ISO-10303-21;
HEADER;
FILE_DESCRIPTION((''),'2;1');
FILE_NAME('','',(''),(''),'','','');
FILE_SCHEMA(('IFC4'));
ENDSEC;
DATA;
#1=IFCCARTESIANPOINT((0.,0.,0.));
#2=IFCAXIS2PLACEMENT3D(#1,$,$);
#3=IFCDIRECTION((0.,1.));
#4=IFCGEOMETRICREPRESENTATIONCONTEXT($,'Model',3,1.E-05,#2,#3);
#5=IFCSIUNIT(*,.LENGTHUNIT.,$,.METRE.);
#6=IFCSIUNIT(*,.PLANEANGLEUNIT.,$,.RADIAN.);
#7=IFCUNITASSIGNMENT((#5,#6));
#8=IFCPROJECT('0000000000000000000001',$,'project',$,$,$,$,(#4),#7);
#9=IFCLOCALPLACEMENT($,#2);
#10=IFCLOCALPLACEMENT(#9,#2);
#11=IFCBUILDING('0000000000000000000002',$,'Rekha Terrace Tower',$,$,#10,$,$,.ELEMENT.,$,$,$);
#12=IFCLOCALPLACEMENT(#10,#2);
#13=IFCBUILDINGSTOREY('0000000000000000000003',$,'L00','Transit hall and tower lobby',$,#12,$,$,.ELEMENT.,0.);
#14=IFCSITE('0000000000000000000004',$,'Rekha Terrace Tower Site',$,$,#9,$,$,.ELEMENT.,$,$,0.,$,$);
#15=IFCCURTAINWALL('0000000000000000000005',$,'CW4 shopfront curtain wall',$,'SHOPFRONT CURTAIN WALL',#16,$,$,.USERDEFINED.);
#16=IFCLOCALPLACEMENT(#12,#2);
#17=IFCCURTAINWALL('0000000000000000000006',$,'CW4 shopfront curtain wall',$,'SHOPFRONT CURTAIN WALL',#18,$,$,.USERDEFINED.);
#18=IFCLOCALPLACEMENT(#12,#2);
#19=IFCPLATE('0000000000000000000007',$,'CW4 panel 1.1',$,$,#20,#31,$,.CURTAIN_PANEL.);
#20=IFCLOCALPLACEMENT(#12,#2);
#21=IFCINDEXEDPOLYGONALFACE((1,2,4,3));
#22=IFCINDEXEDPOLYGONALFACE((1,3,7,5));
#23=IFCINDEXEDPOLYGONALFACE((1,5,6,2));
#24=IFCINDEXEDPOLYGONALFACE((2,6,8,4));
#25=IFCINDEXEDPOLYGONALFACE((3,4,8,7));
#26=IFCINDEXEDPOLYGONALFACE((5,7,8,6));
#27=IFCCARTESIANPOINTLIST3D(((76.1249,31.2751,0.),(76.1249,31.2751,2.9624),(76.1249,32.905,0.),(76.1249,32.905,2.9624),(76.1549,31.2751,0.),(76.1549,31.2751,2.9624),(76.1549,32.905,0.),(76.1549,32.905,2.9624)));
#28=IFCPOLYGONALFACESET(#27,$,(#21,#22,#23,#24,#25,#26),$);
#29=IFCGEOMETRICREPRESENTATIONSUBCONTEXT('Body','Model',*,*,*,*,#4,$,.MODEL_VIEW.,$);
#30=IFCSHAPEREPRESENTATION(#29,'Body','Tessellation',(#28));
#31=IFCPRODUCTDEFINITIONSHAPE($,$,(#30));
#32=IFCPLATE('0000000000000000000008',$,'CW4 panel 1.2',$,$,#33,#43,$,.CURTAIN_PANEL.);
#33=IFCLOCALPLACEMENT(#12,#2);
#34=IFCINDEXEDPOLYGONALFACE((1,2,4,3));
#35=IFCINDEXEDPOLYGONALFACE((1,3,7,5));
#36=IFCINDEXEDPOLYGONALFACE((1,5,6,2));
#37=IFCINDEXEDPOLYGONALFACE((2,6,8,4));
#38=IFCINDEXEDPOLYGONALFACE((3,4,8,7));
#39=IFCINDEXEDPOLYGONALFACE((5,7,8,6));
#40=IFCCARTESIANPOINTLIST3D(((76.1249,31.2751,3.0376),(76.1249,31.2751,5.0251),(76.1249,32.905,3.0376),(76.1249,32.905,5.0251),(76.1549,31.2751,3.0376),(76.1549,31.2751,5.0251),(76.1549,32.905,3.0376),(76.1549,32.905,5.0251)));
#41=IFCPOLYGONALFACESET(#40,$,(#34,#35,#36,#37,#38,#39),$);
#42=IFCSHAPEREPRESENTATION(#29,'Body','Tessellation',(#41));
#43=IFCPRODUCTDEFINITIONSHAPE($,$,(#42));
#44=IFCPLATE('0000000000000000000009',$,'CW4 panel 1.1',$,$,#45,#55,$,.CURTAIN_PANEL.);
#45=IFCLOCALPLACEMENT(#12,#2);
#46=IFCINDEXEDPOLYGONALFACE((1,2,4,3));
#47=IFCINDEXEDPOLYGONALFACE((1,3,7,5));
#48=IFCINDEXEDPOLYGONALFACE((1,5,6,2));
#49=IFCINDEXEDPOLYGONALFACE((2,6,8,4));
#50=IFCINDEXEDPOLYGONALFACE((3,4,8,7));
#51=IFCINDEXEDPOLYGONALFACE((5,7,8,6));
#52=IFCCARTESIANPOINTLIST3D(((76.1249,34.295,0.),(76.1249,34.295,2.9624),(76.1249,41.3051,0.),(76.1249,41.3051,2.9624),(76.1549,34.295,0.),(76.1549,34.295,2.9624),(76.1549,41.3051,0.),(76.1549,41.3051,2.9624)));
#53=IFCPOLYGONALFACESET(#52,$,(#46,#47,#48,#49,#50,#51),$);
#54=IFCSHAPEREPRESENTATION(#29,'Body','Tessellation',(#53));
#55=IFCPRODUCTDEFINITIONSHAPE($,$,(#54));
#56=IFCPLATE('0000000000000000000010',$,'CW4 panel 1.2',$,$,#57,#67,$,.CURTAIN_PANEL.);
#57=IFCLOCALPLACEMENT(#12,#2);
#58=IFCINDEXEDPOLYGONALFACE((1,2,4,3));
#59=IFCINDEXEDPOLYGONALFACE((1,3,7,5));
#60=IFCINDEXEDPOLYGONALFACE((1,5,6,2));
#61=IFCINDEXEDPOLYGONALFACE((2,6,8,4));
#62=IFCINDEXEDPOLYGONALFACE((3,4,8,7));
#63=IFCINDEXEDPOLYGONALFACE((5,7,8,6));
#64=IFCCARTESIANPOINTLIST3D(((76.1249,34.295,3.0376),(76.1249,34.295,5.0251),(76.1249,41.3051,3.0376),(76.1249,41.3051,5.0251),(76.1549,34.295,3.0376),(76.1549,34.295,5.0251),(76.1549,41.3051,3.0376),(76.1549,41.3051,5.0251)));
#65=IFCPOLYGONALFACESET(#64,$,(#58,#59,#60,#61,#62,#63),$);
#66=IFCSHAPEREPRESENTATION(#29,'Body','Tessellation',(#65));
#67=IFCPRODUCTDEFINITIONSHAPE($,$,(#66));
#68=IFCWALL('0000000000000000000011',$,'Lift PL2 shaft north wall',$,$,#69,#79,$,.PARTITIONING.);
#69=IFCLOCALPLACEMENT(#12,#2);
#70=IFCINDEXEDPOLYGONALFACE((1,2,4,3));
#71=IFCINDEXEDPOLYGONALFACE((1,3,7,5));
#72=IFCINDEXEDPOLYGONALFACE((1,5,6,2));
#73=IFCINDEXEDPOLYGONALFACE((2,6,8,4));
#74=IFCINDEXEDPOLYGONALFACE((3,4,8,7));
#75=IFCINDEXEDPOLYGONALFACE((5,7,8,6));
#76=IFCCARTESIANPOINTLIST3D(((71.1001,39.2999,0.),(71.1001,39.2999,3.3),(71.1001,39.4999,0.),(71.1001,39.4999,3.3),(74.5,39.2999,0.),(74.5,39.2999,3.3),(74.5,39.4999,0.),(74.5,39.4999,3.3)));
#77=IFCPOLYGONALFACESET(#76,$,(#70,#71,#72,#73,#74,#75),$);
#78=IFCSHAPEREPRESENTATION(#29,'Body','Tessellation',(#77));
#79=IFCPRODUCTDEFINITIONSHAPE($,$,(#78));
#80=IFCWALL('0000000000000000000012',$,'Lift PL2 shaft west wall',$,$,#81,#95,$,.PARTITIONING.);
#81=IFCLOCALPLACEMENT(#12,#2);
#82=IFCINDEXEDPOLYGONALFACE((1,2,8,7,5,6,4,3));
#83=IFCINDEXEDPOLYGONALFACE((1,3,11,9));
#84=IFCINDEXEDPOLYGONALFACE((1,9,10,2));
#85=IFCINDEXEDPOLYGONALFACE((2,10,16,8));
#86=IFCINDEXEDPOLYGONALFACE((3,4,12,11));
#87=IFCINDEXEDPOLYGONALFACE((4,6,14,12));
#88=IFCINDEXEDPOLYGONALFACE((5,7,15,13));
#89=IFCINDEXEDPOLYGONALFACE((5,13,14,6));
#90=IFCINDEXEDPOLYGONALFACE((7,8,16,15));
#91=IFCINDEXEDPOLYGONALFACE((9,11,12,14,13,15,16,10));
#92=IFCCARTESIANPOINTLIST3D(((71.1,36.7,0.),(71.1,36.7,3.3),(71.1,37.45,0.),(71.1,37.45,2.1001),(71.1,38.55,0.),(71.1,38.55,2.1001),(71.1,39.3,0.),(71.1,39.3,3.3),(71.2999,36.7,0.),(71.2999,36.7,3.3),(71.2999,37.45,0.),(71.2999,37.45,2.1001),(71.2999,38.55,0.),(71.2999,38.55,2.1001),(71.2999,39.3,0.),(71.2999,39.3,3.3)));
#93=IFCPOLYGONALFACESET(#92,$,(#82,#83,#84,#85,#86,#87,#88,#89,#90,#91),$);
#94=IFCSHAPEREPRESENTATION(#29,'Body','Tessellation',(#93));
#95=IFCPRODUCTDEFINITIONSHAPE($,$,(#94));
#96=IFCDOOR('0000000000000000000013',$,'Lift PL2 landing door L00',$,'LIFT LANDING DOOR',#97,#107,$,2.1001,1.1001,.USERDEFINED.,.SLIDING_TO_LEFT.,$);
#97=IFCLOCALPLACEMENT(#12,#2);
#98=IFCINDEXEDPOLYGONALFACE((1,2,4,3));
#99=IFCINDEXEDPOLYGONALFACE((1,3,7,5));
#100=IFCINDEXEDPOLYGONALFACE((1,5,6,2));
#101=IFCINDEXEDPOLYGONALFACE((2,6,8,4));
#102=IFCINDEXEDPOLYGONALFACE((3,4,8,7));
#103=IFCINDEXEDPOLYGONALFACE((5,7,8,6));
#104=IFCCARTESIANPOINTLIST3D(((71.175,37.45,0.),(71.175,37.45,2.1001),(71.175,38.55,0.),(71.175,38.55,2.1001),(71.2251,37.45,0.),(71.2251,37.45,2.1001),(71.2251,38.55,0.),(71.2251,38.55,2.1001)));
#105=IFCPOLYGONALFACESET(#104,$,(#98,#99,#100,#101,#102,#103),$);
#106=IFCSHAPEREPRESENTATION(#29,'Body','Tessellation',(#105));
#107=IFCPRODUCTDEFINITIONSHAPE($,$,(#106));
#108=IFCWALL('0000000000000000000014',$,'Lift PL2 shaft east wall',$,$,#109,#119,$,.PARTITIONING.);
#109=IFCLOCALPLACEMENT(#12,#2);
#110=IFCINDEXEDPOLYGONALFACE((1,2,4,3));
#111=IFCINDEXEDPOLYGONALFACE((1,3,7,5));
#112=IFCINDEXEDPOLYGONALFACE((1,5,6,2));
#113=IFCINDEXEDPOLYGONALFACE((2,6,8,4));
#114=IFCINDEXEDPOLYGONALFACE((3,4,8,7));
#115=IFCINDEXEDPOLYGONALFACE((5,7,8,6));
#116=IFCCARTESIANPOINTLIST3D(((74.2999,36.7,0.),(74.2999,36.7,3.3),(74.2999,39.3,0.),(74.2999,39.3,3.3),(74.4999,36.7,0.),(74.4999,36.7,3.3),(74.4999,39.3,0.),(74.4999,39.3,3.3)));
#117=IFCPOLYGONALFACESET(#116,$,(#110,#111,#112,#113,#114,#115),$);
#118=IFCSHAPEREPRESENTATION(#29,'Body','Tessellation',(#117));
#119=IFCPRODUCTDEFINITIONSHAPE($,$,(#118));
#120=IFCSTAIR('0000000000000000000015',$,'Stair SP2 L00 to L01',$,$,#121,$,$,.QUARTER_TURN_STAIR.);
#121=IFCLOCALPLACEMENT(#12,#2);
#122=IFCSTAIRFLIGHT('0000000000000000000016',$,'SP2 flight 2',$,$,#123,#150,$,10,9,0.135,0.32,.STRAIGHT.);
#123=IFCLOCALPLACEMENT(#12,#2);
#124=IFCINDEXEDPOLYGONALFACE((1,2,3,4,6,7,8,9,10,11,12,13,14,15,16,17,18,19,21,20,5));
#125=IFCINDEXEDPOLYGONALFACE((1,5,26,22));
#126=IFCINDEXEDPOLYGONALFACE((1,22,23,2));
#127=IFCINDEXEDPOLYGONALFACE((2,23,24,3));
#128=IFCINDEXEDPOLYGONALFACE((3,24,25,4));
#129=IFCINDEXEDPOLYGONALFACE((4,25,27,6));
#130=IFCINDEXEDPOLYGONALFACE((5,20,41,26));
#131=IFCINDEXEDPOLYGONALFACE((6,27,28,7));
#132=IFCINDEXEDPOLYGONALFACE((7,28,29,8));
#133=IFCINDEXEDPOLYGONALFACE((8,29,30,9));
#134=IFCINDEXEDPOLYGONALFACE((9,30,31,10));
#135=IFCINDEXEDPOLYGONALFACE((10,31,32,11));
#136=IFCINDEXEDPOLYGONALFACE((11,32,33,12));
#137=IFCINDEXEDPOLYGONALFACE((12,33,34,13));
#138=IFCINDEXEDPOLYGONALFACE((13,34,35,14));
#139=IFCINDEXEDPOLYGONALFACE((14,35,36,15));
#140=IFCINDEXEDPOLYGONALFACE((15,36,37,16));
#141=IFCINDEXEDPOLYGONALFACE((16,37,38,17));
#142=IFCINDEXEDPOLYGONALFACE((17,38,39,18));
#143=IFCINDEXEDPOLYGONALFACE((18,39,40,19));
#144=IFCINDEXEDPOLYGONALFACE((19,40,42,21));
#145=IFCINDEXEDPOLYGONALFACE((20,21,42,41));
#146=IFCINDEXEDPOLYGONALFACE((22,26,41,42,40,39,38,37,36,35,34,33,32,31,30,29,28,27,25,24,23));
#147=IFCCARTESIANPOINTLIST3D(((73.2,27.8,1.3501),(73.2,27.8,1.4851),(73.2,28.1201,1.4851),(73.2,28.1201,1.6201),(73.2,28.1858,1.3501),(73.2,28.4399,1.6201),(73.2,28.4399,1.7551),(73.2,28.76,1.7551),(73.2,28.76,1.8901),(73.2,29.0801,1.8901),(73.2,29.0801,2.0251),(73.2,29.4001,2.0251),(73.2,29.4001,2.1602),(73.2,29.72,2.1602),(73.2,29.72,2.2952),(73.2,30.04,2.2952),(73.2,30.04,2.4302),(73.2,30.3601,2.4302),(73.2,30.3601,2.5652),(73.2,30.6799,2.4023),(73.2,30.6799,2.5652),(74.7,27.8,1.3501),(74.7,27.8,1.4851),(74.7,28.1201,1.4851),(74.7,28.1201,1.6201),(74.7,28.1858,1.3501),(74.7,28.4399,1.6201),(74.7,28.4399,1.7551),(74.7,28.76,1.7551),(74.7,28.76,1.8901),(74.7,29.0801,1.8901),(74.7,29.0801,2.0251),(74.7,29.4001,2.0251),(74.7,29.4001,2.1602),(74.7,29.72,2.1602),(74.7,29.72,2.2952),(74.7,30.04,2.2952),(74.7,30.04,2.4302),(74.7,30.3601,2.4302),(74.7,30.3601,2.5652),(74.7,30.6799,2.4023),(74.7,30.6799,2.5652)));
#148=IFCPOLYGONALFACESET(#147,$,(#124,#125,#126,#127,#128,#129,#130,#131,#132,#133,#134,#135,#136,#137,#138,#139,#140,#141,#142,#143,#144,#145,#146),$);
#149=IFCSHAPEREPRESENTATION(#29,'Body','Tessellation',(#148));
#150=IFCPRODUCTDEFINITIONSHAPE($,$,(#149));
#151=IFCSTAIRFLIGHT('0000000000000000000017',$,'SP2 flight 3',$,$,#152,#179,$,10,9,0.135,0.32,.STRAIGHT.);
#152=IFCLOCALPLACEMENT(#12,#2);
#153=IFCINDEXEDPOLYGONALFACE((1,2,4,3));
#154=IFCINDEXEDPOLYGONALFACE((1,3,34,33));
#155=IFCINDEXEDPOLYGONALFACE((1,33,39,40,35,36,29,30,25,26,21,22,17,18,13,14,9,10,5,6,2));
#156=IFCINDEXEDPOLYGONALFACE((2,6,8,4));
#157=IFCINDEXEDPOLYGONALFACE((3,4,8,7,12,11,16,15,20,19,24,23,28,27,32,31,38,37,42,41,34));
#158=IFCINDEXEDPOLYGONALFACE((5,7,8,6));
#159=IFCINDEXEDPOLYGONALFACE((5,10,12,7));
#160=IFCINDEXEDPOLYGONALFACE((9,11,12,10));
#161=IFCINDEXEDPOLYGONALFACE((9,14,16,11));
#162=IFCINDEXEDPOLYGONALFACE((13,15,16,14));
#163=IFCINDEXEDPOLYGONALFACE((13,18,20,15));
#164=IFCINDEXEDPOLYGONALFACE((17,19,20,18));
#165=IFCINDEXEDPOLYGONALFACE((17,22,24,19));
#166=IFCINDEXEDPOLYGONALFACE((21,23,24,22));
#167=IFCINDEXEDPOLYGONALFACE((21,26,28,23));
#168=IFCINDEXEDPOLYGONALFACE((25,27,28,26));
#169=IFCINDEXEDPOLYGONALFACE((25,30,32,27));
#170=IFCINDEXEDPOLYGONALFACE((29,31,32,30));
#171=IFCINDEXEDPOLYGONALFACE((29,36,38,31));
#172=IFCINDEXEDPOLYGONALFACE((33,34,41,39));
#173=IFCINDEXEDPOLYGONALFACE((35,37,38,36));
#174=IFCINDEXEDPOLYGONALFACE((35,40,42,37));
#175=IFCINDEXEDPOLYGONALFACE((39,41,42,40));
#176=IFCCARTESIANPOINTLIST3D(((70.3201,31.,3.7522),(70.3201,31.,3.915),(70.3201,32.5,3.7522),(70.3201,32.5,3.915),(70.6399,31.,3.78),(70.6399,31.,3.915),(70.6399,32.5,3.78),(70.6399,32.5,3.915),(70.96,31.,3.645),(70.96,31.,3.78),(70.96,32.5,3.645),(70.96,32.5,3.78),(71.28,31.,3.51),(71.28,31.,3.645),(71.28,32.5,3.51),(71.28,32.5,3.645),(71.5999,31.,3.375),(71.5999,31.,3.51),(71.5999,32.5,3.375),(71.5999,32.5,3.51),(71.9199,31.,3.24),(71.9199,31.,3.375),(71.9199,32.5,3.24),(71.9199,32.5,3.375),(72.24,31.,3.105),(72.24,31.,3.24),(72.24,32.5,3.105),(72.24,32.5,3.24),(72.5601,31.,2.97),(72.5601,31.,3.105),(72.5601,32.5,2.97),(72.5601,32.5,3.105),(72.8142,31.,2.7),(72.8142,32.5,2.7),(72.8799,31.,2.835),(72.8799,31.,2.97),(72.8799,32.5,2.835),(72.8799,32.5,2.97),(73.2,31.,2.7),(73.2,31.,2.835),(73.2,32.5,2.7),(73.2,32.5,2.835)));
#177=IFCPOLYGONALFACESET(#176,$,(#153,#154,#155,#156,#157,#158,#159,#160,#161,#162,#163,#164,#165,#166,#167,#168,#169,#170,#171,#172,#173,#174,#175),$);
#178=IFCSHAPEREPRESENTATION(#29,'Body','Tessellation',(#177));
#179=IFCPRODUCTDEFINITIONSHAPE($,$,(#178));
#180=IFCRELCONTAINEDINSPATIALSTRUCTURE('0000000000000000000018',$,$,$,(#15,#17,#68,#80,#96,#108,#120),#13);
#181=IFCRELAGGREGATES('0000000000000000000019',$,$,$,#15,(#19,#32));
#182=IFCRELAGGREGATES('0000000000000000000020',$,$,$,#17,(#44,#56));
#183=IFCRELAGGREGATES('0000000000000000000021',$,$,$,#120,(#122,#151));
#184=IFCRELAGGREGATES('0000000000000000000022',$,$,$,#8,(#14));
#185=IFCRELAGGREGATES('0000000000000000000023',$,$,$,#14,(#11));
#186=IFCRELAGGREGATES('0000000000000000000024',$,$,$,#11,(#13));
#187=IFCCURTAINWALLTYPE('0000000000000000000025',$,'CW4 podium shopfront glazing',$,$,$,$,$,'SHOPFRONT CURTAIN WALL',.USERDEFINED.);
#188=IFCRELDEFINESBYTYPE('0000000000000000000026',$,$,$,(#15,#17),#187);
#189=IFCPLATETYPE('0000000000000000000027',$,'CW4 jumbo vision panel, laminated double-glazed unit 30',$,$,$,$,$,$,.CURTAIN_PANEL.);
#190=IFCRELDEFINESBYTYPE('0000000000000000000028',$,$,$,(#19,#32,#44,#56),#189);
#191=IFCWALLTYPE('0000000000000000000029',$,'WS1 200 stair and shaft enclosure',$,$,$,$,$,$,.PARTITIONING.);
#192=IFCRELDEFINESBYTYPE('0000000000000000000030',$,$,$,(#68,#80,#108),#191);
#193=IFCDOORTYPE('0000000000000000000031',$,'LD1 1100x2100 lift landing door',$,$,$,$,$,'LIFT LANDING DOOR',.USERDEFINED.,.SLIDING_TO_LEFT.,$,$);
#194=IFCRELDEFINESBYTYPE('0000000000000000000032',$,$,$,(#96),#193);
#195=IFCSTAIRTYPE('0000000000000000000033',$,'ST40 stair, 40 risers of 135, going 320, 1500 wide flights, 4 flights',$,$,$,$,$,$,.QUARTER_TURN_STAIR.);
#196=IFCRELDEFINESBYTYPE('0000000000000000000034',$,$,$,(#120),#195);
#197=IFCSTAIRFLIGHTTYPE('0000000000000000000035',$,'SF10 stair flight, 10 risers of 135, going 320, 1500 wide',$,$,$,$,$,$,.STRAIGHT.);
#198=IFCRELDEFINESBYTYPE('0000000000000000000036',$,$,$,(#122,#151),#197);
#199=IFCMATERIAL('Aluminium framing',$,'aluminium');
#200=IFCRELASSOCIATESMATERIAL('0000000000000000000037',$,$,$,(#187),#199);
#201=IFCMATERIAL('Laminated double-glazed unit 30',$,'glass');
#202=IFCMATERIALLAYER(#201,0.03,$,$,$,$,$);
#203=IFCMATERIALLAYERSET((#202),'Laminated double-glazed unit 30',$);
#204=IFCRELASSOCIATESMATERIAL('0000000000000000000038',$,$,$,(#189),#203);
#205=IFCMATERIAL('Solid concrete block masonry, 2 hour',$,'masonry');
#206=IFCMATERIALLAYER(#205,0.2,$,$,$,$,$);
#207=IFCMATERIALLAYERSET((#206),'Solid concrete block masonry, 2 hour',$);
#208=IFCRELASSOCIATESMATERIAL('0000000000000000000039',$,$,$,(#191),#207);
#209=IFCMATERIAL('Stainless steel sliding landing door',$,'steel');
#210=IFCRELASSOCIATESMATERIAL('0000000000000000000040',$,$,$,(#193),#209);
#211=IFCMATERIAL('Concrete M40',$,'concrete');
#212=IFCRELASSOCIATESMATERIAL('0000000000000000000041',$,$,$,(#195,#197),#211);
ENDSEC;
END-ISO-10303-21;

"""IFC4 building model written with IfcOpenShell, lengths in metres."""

from ifc_helpers import new_model, si_unit, direction, frame, frame_2d, origin, origin_2d, place, context, subcontext, project, spatial, polyline, rectangle, outline, extrude, material, layer, layer_set, type_object, element, fill, aggregate, save


model = new_model("IFC4")

# Units and contexts
model_context = context("Model", 3, precision=1e-05, world=origin(), true_north=direction((0.0, 1.0)))
body_context = subcontext(model_context, "Body", "Model", "MODEL_VIEW")
ifc_project = project(units=[si_unit("LENGTHUNIT", "METRE"), si_unit("PLANEANGLEUNIT", "RADIAN")], contexts=[model_context])

# Site, building, storey
site_placement = place(None, origin())
site = spatial("IfcSite", under=ifc_project, at=site_placement, Name="Rekha Terrace Tower Site", CompositionType="ELEMENT", RefElevation=0.0)
building_placement = place(site_placement, origin())
building = spatial("IfcBuilding", under=site, at=building_placement, Name="Rekha Terrace Tower", CompositionType="ELEMENT")
storey_placement = place(building_placement, origin())
storey = spatial("IfcBuildingStorey", under=building, at=storey_placement, Name="L00", Description="Transit hall and tower lobby", CompositionType="ELEMENT", Elevation=0.0)

# Curtain wall
ifc_material_1 = material(Name="Aluminium framing", Category="aluminium")
curtain_wall_type = type_object("IfcCurtainWallType", Name="CW4 podium shopfront glazing", ElementType="SHOPFRONT CURTAIN WALL", PredefinedType="USERDEFINED", material=ifc_material_1)
curtain_wall_1_placement = place(storey_placement, origin())
curtain_wall_1 = element("IfcCurtainWall", 1, at=curtain_wall_1_placement, inside=storey, type_object=curtain_wall_type, Name="CW4 shopfront curtain wall", ObjectType="SHOPFRONT CURTAIN WALL", PredefinedType="USERDEFINED")

# Curtain wall
curtain_wall_2_placement = place(storey_placement, origin())
curtain_wall_2 = element("IfcCurtainWall", 2, at=curtain_wall_2_placement, inside=storey, type_object=curtain_wall_type, Name="CW4 shopfront curtain wall", ObjectType="SHOPFRONT CURTAIN WALL", PredefinedType="USERDEFINED")

# Plates
ifc_material_2 = material(Name="Laminated double-glazed unit 30", Category="glass")
ifc_layer_1 = layer(ifc_material_2, 0.03)
ifc_layer_set_1 = layer_set([ifc_layer_1], Name="Laminated double-glazed unit 30")
plate_type = type_object("IfcPlateType", Name="CW4 jumbo vision panel, laminated double-glazed unit 30", PredefinedType="CURTAIN_PANEL", material=ifc_layer_set_1)
plate_1_placement = place(storey_placement, frame((76.1399, 32.0901, 0.0), z_axis=(0.0, 0.0, 1.0), x_axis=(0.0, 1.0, 0.0)))
plate_1 = element("IfcPlate", 3, at=plate_1_placement, type_object=plate_type, Name="CW4 panel 1.1", PredefinedType="CURTAIN_PANEL", context=body_context, shape_type="SweptSolid", body=[
    extrude(rectangle(XDim=1.6299, YDim=0.03, at=origin_2d()), origin(), (0.0, 0.0, 1.0), 2.9624),
])
plate_2_placement = place(storey_placement, frame((76.1399, 32.0901, 3.0376), z_axis=(0.0, 0.0, 1.0), x_axis=(0.0, 1.0, 0.0)))
plate_2 = element("IfcPlate", 4, at=plate_2_placement, type_object=plate_type, Name="CW4 panel 1.2", PredefinedType="CURTAIN_PANEL", context=body_context, shape_type="SweptSolid", body=[
    extrude(rectangle(XDim=1.6299, YDim=0.03, at=origin_2d()), origin(), (0.0, 0.0, 1.0), 1.9875),
])
aggregate(curtain_wall_1, [plate_1, plate_2])
plate_3_placement = place(storey_placement, frame((76.1399, 37.8, 0.0), z_axis=(0.0, 0.0, 1.0), x_axis=(0.0, 1.0, 0.0)))
plate_3 = element("IfcPlate", 5, at=plate_3_placement, type_object=plate_type, Name="CW4 panel 1.1", PredefinedType="CURTAIN_PANEL", context=body_context, shape_type="SweptSolid", body=[
    extrude(rectangle(XDim=7.01, YDim=0.03, at=origin_2d()), origin(), (0.0, 0.0, 1.0), 2.9624),
])
plate_4_placement = place(storey_placement, frame((76.1399, 37.8, 3.0376), z_axis=(0.0, 0.0, 1.0), x_axis=(0.0, 1.0, 0.0)))
plate_4 = element("IfcPlate", 6, at=plate_4_placement, type_object=plate_type, Name="CW4 panel 1.2", PredefinedType="CURTAIN_PANEL", context=body_context, shape_type="SweptSolid", body=[
    extrude(rectangle(XDim=7.01, YDim=0.03, at=origin_2d()), origin(), (0.0, 0.0, 1.0), 1.9875),
])
aggregate(curtain_wall_2, [plate_3, plate_4])

# Shared definitions
ifc_material_3 = material(Name="Concrete M40", Category="concrete")

# Wall
ifc_material_4 = material(Name="Solid concrete block masonry, 2 hour", Category="masonry")
ifc_layer_2 = layer(ifc_material_4, 0.2)
ifc_layer_set_2 = layer_set([ifc_layer_2], Name="Solid concrete block masonry, 2 hour")
wall_type_1 = type_object("IfcWallType", Name="WS1 200 stair and shaft enclosure", PredefinedType="PARTITIONING", material=ifc_layer_set_2)
wall_1_placement = place(storey_placement, frame((71.1001, 39.3999, 0.0), z_axis=(0.0, 0.0, 1.0), x_axis=(1.0, 0.0, 0.0)))
element("IfcWall", 7, at=wall_1_placement, inside=storey, type_object=wall_type_1, Name="Lift PL2 shaft north wall", PredefinedType="PARTITIONING", context=body_context, shape_type="SweptSolid", body=[
    extrude(rectangle(XDim=3.3999, YDim=0.2, at=frame_2d((1.7, 0.0))), origin(), (0.0, 0.0, 1.0), 3.3),
])

# Wall, opening, door
wall_2_placement = place(storey_placement, frame((71.2, 36.7, 0.0), z_axis=(0.0, 0.0, 1.0), x_axis=(0.0, 1.0, 0.0)))
wall_2 = element("IfcWall", 8, at=wall_2_placement, inside=storey, type_object=wall_type_1, Name="Lift PL2 shaft west wall", PredefinedType="PARTITIONING", context=body_context, shape_type="SweptSolid", body=[
    extrude(rectangle(XDim=2.6001, YDim=0.2, at=frame_2d((1.3, 0.0))), origin(), (0.0, 0.0, 1.0), 3.3),
])
opening_1_placement = place(wall_2_placement, frame((0.75, 0.0, 0.0)))
opening_1 = element("IfcOpeningElement", 9, at=opening_1_placement, cuts=wall_2, PredefinedType="OPENING", context=body_context, shape_type="SweptSolid", body=[
    extrude(rectangle(XDim=1.1001, YDim=2.1001, at=frame_2d((0.55, 1.05))), frame((0.0, 0.1099, 0.0), z_axis=(0.0, -1.0, 0.0), x_axis=(1.0, 0.0, 0.0)), (0.0, 0.0, 1.0), 0.22),
])
ifc_material_5 = material(Name="Stainless steel sliding landing door", Category="steel")
door_type_1 = type_object("IfcDoorType", Name="LD1 1100x2100 lift landing door", ElementType="LIFT LANDING DOOR", OperationType="SLIDING_TO_LEFT", PredefinedType="USERDEFINED", material=ifc_material_5)
door_1_placement = place(opening_1_placement, origin())
door_1 = element("IfcDoor", 10, at=door_1_placement, inside=storey, type_object=door_type_1, Name="Lift PL2 landing door L00", ObjectType="LIFT LANDING DOOR", OperationType="SLIDING_TO_LEFT", OverallHeight=2.1001, OverallWidth=1.1001, PredefinedType="USERDEFINED", context=body_context, shape_type="SweptSolid", body=[
    extrude(rectangle(XDim=1.1001, YDim=2.1001, at=frame_2d((0.55, 1.05))), frame((0.0, 0.0249, 0.0), z_axis=(0.0, -1.0, 0.0), x_axis=(1.0, 0.0, 0.0)), (0.0, 0.0, 1.0), 0.05),
])
fill(opening_1, door_1)

# Wall
wall_3_placement = place(storey_placement, frame((74.3999, 36.7, 0.0), z_axis=(0.0, 0.0, 1.0), x_axis=(0.0, 1.0, 0.0)))
element("IfcWall", 11, at=wall_3_placement, inside=storey, type_object=wall_type_1, Name="Lift PL2 shaft east wall", PredefinedType="PARTITIONING", context=body_context, shape_type="SweptSolid", body=[
    extrude(rectangle(XDim=2.6001, YDim=0.2, at=frame_2d((1.3, 0.0))), origin(), (0.0, 0.0, 1.0), 3.3),
])

# Stair, stair flights
stair_type = type_object("IfcStairType", Name="ST40 stair, 40 risers of 135, going 320, 1500 wide flights, 4 flights", PredefinedType="QUARTER_TURN_STAIR", material=ifc_material_3)
stair_placement = place(storey_placement, origin())
stair = element("IfcStair", 12, at=stair_placement, inside=storey, type_object=stair_type, Name="Stair SP2 L00 to L01", PredefinedType="QUARTER_TURN_STAIR")
stair_flight_type = type_object("IfcStairFlightType", Name="SF10 stair flight, 10 risers of 135, going 320, 1500 wide", PredefinedType="STRAIGHT", material=ifc_material_3)
stair_flight_1_placement = place(storey_placement, frame((73.95, 27.8, 1.3501), z_axis=(0.0, 0.0, 1.0), x_axis=(0.0, 1.0, 0.0)))
stair_flight_1 = element("IfcStairFlight", 13, at=stair_flight_1_placement, type_object=stair_flight_type, Name="SP2 flight 2", NumberOfRisers=10, NumberOfTreads=9, PredefinedType="STRAIGHT", RiserHeight=0.135, TreadLength=0.32, context=body_context, shape_type="SweptSolid", body=[
    extrude(outline(polyline([(0.0, 0.0), (0.0, 0.135), (0.3201, 0.135), (0.3201, 0.27), (0.6399, 0.27), (0.6399, 0.405), (0.96, 0.405), (0.96, 0.54), (1.28, 0.54), (1.28, 0.675), (1.6001, 0.675), (1.6001, 0.8101), (1.9199, 0.8101), (1.9199, 0.9451), (2.24, 0.9451), (2.24, 1.0801), (2.5601, 1.0801), (2.5601, 1.2151), (2.8799, 1.2151), (2.8799, 1.3501), (2.8799, 1.0522), (0.3857, 0.0), (0.0, 0.0)])), frame((0.0, 0.75, 0.0), z_axis=(0.0, -1.0, 0.0), x_axis=(1.0, 0.0, 0.0)), (0.0, 0.0, 1.0), 1.5),
])
stair_flight_2_placement = place(storey_placement, frame((73.2, 31.75, 2.7), z_axis=(0.0, 0.0, 1.0), x_axis=(-1.0, 0.0, 0.0)))
stair_flight_2 = element("IfcStairFlight", 14, at=stair_flight_2_placement, type_object=stair_flight_type, Name="SP2 flight 3", NumberOfRisers=10, NumberOfTreads=9, PredefinedType="STRAIGHT", RiserHeight=0.135, TreadLength=0.32, context=body_context, shape_type="SweptSolid", body=[
    extrude(outline(polyline([(0.0, 0.0), (0.0, 0.135), (0.3201, 0.135), (0.3201, 0.27), (0.6399, 0.27), (0.6399, 0.405), (0.96, 0.405), (0.96, 0.54), (1.28, 0.54), (1.28, 0.675), (1.6001, 0.675), (1.6001, 0.8101), (1.9199, 0.8101), (1.9199, 0.9451), (2.24, 0.9451), (2.24, 1.0801), (2.5601, 1.0801), (2.5601, 1.2151), (2.8799, 1.2151), (2.8799, 1.3501), (2.8799, 1.0522), (0.3857, 0.0), (0.0, 0.0)])), frame((0.0, 0.75, 0.0), z_axis=(0.0, -1.0, 0.0), x_axis=(1.0, 0.0, 0.0)), (0.0, 0.0, 1.0), 1.5),
])
aggregate(stair, [stair_flight_1, stair_flight_2])

save(model, "model.ifc")
